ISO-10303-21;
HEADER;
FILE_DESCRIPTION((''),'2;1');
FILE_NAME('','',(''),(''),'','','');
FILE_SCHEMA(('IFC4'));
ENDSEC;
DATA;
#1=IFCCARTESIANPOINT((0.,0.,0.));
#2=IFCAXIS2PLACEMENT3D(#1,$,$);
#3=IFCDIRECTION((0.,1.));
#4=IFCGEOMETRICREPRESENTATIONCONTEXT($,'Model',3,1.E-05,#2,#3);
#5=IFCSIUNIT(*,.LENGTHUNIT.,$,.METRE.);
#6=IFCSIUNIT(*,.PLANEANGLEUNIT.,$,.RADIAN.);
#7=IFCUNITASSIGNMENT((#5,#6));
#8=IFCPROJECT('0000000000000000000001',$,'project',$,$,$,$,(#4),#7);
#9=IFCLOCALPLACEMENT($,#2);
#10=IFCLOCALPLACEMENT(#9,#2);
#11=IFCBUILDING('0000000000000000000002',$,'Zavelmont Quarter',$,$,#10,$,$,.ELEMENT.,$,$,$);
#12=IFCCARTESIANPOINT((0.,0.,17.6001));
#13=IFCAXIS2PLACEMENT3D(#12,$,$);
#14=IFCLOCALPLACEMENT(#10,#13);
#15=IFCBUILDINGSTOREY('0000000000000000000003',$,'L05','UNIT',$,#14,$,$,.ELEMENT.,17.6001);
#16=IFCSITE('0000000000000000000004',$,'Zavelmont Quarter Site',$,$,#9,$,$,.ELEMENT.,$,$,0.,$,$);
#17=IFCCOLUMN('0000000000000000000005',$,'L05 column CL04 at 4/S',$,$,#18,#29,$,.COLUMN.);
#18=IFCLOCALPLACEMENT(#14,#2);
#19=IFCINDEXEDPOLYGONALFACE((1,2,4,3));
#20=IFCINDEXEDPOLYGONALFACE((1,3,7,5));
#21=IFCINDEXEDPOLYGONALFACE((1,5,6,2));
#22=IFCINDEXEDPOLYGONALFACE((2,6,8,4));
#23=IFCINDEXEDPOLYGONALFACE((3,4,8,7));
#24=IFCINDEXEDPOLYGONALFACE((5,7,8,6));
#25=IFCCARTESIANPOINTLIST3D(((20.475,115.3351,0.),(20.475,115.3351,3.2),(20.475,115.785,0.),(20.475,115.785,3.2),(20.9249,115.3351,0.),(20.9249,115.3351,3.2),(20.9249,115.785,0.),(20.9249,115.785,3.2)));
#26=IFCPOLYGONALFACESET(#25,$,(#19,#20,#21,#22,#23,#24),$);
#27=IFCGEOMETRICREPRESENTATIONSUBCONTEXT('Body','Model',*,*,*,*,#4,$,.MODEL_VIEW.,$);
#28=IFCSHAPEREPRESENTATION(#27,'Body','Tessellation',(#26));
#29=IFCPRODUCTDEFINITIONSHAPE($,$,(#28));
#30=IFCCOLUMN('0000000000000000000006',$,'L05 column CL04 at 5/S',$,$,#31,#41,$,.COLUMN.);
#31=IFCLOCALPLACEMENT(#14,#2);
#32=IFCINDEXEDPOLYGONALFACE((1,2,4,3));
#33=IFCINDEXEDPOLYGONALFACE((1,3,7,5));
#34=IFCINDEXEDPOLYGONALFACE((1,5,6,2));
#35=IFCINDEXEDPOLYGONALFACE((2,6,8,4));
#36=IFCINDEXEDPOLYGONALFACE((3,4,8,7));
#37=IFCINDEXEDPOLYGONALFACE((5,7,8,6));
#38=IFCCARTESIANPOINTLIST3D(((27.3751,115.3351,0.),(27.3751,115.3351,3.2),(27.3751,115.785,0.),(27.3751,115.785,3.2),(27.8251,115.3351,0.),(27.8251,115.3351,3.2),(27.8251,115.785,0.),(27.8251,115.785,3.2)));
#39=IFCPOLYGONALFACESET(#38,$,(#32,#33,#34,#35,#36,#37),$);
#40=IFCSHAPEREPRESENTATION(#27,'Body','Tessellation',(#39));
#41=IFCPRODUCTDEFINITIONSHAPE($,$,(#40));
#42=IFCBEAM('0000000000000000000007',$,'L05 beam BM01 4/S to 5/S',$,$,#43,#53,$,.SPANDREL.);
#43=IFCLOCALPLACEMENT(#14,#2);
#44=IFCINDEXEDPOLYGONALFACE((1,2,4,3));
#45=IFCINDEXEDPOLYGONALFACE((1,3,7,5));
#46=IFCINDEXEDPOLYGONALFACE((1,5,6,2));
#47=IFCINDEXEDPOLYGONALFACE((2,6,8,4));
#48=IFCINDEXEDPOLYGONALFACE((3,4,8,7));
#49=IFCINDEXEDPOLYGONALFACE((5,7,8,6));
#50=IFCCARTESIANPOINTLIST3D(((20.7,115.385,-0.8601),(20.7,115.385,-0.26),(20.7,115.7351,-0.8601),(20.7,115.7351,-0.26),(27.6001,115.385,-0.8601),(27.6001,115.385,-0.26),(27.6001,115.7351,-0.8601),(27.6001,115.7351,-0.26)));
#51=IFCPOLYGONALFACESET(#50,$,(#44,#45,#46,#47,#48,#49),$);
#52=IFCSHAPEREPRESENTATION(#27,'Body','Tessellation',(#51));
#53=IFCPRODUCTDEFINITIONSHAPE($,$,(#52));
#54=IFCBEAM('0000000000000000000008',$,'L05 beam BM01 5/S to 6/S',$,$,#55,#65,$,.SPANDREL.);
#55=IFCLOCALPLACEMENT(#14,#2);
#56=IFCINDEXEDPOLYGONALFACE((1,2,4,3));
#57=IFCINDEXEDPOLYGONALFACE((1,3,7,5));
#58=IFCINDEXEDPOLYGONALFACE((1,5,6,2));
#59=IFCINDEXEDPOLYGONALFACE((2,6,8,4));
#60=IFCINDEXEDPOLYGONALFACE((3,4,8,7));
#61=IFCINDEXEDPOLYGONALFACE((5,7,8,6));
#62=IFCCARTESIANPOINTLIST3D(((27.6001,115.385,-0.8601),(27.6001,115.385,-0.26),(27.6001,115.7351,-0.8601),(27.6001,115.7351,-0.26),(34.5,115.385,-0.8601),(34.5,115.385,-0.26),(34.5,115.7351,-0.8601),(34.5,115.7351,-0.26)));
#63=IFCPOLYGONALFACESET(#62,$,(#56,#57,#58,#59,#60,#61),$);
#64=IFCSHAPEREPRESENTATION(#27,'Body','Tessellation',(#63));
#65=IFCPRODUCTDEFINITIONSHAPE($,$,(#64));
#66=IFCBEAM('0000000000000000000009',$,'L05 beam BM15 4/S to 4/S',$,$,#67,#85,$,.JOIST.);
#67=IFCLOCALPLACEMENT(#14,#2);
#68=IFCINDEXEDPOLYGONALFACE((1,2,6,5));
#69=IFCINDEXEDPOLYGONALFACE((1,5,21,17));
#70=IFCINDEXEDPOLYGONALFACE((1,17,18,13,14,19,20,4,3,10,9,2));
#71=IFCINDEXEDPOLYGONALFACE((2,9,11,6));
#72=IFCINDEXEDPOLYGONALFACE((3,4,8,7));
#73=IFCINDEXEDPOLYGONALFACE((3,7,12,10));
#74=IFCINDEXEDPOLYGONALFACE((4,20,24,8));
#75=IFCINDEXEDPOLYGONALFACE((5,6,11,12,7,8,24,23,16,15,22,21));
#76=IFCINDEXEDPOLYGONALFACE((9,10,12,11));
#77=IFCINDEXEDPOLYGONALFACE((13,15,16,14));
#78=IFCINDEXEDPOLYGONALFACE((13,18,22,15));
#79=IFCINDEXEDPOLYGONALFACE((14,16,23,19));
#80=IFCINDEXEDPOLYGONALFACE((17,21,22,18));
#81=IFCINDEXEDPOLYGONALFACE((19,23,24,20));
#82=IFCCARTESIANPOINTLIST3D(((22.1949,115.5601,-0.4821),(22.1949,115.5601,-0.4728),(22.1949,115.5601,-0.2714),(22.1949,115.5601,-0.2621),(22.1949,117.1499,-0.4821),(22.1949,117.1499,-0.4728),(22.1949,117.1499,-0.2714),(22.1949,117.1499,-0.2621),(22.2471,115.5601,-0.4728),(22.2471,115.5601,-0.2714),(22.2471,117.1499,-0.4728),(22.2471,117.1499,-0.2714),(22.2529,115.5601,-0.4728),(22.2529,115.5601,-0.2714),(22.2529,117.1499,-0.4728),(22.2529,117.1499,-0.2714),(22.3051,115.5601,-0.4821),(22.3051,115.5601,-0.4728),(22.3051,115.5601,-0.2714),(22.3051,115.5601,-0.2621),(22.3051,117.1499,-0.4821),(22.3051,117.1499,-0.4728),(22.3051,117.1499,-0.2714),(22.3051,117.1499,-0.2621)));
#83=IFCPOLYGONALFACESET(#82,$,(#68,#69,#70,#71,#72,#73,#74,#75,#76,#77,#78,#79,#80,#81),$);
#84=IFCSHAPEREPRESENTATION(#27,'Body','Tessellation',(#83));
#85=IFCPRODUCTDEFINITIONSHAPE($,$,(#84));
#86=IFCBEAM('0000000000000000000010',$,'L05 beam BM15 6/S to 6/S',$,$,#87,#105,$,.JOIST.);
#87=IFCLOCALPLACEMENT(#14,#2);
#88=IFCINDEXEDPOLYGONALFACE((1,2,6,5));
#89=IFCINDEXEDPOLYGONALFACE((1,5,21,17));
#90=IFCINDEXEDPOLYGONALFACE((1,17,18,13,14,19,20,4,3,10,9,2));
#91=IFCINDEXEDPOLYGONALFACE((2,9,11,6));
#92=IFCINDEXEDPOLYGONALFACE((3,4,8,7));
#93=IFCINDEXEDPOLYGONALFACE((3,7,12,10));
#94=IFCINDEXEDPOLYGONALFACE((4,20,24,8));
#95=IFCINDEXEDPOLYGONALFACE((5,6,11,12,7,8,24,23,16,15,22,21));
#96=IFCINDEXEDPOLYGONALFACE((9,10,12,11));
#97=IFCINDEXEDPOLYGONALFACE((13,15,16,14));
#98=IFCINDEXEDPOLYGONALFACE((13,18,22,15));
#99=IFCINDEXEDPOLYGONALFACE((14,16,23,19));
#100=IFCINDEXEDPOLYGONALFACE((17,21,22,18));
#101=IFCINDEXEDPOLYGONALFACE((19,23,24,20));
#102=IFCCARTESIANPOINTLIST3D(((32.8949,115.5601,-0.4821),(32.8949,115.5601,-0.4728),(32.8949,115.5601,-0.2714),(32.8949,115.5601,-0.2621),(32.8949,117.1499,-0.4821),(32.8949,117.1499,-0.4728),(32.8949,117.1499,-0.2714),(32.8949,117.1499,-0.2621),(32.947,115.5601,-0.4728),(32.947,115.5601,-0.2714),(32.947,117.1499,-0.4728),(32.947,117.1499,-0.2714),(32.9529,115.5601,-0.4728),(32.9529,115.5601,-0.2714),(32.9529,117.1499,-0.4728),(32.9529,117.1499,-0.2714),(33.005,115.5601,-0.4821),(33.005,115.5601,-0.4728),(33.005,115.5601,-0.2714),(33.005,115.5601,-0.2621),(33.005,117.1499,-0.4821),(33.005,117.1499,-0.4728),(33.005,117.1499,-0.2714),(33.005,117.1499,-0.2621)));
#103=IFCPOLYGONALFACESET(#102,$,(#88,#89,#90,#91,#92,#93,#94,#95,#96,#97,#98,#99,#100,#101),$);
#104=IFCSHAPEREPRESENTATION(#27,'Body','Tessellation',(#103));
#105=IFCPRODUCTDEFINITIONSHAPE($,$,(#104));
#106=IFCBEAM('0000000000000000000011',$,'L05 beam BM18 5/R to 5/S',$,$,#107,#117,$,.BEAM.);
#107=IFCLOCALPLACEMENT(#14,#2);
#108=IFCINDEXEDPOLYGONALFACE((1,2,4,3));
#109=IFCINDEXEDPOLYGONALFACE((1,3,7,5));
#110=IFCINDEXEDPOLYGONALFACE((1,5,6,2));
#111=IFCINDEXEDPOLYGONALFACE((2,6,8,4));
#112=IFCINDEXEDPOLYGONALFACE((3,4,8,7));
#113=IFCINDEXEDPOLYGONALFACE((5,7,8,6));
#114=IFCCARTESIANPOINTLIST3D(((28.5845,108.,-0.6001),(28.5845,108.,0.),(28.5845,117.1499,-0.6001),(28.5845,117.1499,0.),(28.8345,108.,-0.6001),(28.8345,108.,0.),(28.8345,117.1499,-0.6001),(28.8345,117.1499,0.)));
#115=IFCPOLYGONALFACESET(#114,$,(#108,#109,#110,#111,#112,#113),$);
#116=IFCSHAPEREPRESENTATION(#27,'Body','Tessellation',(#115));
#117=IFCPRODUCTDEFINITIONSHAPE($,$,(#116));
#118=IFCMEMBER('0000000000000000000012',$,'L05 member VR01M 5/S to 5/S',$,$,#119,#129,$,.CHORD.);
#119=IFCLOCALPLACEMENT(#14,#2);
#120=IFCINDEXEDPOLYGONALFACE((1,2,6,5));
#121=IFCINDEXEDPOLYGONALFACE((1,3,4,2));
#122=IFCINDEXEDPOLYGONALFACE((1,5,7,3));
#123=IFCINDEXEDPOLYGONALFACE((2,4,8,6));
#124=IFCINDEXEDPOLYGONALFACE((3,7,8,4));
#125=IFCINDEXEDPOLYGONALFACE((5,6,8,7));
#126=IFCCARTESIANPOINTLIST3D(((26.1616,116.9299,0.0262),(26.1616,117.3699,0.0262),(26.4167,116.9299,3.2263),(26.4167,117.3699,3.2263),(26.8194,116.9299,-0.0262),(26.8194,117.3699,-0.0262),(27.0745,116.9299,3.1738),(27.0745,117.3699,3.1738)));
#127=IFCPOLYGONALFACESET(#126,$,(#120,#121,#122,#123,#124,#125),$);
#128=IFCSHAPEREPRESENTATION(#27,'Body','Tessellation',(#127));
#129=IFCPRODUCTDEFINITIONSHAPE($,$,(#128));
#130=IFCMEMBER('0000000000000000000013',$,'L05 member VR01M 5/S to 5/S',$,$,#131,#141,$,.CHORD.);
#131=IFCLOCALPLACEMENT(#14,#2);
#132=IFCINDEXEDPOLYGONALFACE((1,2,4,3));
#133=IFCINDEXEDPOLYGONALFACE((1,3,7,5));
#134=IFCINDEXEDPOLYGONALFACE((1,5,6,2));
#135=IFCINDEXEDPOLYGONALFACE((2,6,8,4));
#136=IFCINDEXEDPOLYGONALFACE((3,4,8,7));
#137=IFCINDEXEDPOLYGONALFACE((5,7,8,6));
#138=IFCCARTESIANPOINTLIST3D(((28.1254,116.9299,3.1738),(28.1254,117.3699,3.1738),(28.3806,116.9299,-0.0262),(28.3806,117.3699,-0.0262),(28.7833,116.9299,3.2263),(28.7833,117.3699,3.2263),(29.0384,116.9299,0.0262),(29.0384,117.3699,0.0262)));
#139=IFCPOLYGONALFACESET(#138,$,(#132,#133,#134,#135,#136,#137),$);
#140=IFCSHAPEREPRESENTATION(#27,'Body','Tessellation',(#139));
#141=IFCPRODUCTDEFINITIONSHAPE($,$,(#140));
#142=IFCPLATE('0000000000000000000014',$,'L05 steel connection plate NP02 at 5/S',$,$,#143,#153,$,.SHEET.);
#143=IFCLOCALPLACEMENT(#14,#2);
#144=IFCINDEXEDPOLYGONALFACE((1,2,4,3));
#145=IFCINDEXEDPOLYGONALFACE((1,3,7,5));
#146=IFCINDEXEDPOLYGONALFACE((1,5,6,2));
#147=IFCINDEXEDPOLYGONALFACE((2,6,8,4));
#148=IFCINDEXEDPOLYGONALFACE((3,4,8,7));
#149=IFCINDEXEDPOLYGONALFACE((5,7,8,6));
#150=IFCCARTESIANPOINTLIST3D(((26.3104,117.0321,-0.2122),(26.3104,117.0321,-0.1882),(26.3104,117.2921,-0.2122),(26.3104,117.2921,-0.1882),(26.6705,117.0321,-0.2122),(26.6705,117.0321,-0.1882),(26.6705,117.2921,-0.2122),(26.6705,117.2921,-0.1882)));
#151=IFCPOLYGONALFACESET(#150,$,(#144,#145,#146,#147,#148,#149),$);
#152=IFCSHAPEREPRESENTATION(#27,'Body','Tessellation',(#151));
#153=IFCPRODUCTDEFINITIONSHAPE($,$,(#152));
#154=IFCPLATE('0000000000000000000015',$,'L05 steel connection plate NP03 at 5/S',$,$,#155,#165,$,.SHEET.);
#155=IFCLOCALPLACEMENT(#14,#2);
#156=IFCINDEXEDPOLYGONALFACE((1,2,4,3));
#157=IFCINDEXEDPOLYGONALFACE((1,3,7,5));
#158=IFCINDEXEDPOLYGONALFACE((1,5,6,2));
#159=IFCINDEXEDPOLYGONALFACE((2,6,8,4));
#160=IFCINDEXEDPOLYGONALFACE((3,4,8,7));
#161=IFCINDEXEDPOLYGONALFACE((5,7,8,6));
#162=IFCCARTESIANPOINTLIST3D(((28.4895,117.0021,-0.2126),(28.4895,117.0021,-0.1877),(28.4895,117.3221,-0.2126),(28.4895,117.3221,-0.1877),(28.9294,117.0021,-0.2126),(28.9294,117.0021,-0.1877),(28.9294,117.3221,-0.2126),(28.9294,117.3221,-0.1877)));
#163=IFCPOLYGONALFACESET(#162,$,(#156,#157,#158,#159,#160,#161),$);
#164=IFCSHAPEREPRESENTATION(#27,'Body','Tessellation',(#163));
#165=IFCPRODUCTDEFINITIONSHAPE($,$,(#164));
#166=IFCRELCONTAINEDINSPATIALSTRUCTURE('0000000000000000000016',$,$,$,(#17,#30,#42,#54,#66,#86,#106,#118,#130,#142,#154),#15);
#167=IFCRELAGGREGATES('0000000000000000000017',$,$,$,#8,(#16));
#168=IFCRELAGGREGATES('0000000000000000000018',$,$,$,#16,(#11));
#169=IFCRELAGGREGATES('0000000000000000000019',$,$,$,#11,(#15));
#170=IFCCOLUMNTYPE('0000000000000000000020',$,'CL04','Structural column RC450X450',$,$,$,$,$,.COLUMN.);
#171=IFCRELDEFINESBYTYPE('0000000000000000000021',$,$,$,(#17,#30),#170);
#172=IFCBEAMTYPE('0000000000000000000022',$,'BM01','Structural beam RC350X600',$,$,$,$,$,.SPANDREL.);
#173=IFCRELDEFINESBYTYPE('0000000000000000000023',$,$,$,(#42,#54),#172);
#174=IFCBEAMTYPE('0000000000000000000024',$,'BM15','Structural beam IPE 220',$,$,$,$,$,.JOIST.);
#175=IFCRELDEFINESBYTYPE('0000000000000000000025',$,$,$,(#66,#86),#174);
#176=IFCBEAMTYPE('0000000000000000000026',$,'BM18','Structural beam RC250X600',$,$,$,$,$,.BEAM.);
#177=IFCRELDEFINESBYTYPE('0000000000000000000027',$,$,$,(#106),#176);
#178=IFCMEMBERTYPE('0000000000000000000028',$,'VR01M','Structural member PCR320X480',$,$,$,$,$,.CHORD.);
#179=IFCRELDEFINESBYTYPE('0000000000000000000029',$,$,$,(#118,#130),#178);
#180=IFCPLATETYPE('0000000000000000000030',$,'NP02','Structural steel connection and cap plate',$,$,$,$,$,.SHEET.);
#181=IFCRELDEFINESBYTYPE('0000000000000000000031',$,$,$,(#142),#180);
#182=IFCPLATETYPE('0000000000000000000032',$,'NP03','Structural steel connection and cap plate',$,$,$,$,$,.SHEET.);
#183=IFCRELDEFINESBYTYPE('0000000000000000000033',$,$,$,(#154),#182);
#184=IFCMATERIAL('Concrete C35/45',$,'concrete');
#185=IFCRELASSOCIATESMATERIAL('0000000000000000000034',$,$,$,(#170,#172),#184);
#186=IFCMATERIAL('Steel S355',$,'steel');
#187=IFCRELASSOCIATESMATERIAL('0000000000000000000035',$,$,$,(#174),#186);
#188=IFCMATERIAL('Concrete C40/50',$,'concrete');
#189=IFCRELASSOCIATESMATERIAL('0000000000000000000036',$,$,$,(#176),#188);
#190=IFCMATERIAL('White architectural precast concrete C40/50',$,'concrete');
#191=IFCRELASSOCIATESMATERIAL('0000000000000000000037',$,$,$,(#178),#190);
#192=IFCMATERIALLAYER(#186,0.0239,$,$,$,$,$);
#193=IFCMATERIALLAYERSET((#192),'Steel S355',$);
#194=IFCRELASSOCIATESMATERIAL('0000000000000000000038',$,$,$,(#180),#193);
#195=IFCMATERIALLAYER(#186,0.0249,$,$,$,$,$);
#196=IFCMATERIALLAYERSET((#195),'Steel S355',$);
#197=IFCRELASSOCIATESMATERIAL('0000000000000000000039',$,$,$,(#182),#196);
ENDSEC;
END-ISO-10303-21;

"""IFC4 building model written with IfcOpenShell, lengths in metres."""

from ifc_helpers import new_model, si_unit, direction, frame, origin, origin_2d, place, context, subcontext, project, spatial, rectangle, i_section, extrude, material, layer, layer_set, material_profile, profile_set, type_object, element, save


model = new_model("IFC4")

# Units and contexts
model_context = context("Model", 3, precision=1e-05, world=origin(), true_north=direction((0.0, 1.0)))
body_context = subcontext(model_context, "Body", "Model", "MODEL_VIEW")
ifc_project = project(units=[si_unit("LENGTHUNIT", "METRE"), si_unit("PLANEANGLEUNIT", "RADIAN")], contexts=[model_context])

# Site, building, storey
site_placement = place(None, origin())
site = spatial("IfcSite", under=ifc_project, at=site_placement, Name="Zavelmont Quarter Site", CompositionType="ELEMENT", RefElevation=0.0)
building_placement = place(site_placement, origin())
building = spatial("IfcBuilding", under=site, at=building_placement, Name="Zavelmont Quarter", CompositionType="ELEMENT")
storey_placement = place(building_placement, frame((0.0, 0.0, 17.6001)))
storey = spatial("IfcBuildingStorey", under=building, at=storey_placement, Name="L05", Description="UNIT", CompositionType="ELEMENT", Elevation=17.6001)

# Columns
ifc_material_1 = material(Name="Concrete C35/45", Category="concrete")
ifc_material_profile_1 = material_profile(ifc_material_1, rectangle(XDim=0.45, YDim=0.45, at=origin_2d()), Name="RC450X450")
ifc_profile_set_1 = profile_set([ifc_material_profile_1], Name="Concrete C35/45")
column_type = type_object("IfcColumnType", Name="CL04", Description="Structural column RC450X450", PredefinedType="COLUMN", material=ifc_profile_set_1)
for number, where, z_axis, x_axis, name in (
    (1, (20.7, 115.5601, 0.0), (0.0, 0.0, 1.0), (1.0, 0.0, 0.0), "L05 column CL04 at 4/S"),
    (2, (27.6001, 115.5601, 0.0), (0.0, 0.0, 1.0), (1.0, 0.0, 0.0), "L05 column CL04 at 5/S"),
):
    element("IfcColumn", number, at=place(storey_placement, frame(where, z_axis=z_axis, x_axis=x_axis)), inside=storey, type_object=column_type, Name=name, PredefinedType="COLUMN", context=body_context, shape_type="SweptSolid", body=[
        extrude(rectangle(XDim=0.45, YDim=0.45, at=origin_2d()), origin(), (0.0, 0.0, 1.0), 3.2),
    ])

# Beams
ifc_material_profile_2 = material_profile(ifc_material_1, rectangle(XDim=0.3501, YDim=0.6001, at=origin_2d()), Name="RC350X600")
ifc_profile_set_2 = profile_set([ifc_material_profile_2], Name="Concrete C35/45")
beam_type_1 = type_object("IfcBeamType", Name="BM01", Description="Structural beam RC350X600", PredefinedType="SPANDREL", material=ifc_profile_set_2)
beam_1_placement = place(storey_placement, frame((20.7, 115.5601, -0.5601), z_axis=(1.0, 0.0, 0.0), x_axis=(0.0, 1.0, 0.0)))
element("IfcBeam", 3, at=beam_1_placement, inside=storey, type_object=beam_type_1, Name="L05 beam BM01 4/S to 5/S", PredefinedType="SPANDREL", context=body_context, shape_type="SweptSolid", body=[
    extrude(rectangle(XDim=0.3501, YDim=0.6001, at=origin_2d()), origin(), (0.0, 0.0, 1.0), 6.9001),
])
beam_2_placement = place(storey_placement, frame((27.6001, 115.5601, -0.5601), z_axis=(1.0, 0.0, 0.0), x_axis=(0.0, 1.0, 0.0)))
element("IfcBeam", 4, at=beam_2_placement, inside=storey, type_object=beam_type_1, Name="L05 beam BM01 5/S to 6/S", PredefinedType="SPANDREL", context=body_context, shape_type="SweptSolid", body=[
    extrude(rectangle(XDim=0.3501, YDim=0.6001, at=origin_2d()), origin(), (0.0, 0.0, 1.0), 6.8999),
])
ifc_material_2 = material(Name="Steel S355", Category="steel")
ifc_material_profile_3 = material_profile(ifc_material_2, i_section(OverallWidth=0.1101, OverallDepth=0.22, WebThickness=0.0059, FlangeThickness=0.0093, at=origin_2d()), Name="IPE 220")
ifc_profile_set_3 = profile_set([ifc_material_profile_3], Name="Steel S355")
beam_type_2 = type_object("IfcBeamType", Name="BM15", Description="Structural beam IPE 220", PredefinedType="JOIST", material=ifc_profile_set_3)
for number, where, z_axis, x_axis, name in (
    (5, (22.25, 115.5601, -0.3721), (0.0, 1.0, 0.0), (-1.0, 0.0, 0.0), "L05 beam BM15 4/S to 4/S"),
    (6, (32.95, 115.5601, -0.3721), (0.0, 1.0, 0.0), (-1.0, 0.0, 0.0), "L05 beam BM15 6/S to 6/S"),
):
    element("IfcBeam", number, at=place(storey_placement, frame(where, z_axis=z_axis, x_axis=x_axis)), inside=storey, type_object=beam_type_2, Name=name, PredefinedType="JOIST", context=body_context, shape_type="SweptSolid", body=[
        extrude(i_section(OverallWidth=0.1101, OverallDepth=0.22, WebThickness=0.0059, FlangeThickness=0.0093, at=origin_2d()), origin(), (0.0, 0.0, 1.0), 1.5898),
    ])
ifc_material_3 = material(Name="Concrete C40/50", Category="concrete")
ifc_material_profile_4 = material_profile(ifc_material_3, rectangle(XDim=0.25, YDim=0.6001, at=origin_2d()), Name="RC250X600")
ifc_profile_set_4 = profile_set([ifc_material_profile_4], Name="Concrete C40/50")
beam_type_3 = type_object("IfcBeamType", Name="BM18", Description="Structural beam RC250X600", PredefinedType="BEAM", material=ifc_profile_set_4)
beam_3_placement = place(storey_placement, frame((28.7095, 108.0, -0.3), z_axis=(0.0, 1.0, 0.0), x_axis=(-1.0, 0.0, 0.0)))
element("IfcBeam", 7, at=beam_3_placement, inside=storey, type_object=beam_type_3, Name="L05 beam BM18 5/R to 5/S", PredefinedType="BEAM", context=body_context, shape_type="SweptSolid", body=[
    extrude(rectangle(XDim=0.25, YDim=0.6001, at=origin_2d()), origin(), (0.0, 0.0, 1.0), 9.1499),
])

# Members
ifc_material_4 = material(Name="White architectural precast concrete C40/50", Category="concrete")
ifc_material_profile_5 = material_profile(ifc_material_4, rectangle(XDim=0.4399, YDim=0.6599, at=origin_2d()), Name="PCR320X480")
ifc_profile_set_5 = profile_set([ifc_material_profile_5], Name="White architectural precast concrete C40/50")
member_type = type_object("IfcMemberType", Name="VR01M", Description="Structural member PCR320X480", PredefinedType="CHORD", material=ifc_profile_set_5)
for number, where, z_axis, x_axis, name in (
    (8, (26.4905, 117.1499, 0.0), (0.079476, 0.0, 0.996837), (0.0, 1.0, 0.0), "L05 member VR01M 5/S to 5/S"),
    (9, (28.7095, 117.1499, 0.0), (-0.079476, 0.0, 0.996837), (0.0, -1.0, 0.0), "L05 member VR01M 5/S to 5/S"),
):
    element("IfcMember", number, at=place(storey_placement, frame(where, z_axis=z_axis, x_axis=x_axis)), inside=storey, type_object=member_type, Name=name, PredefinedType="CHORD", context=body_context, shape_type="SweptSolid", body=[
        extrude(rectangle(XDim=0.4399, YDim=0.6599, at=origin_2d()), origin(), (0.0, 0.0, 1.0), 3.2102),
    ])

# Plates
ifc_layer_1 = layer(ifc_material_2, 0.0239)
ifc_layer_set_1 = layer_set([ifc_layer_1], Name="Steel S355")
plate_type_1 = type_object("IfcPlateType", Name="NP02", Description="Structural steel connection and cap plate", PredefinedType="SHEET", material=ifc_layer_set_1)
plate_1_placement = place(storey_placement, frame((26.4905, 117.1621, -0.2122), z_axis=(0.0, 0.0, 1.0), x_axis=(1.0, 0.0, 0.0)))
element("IfcPlate", 10, at=plate_1_placement, inside=storey, type_object=plate_type_1, Name="L05 steel connection plate NP02 at 5/S", PredefinedType="SHEET", context=body_context, shape_type="SweptSolid", body=[
    extrude(rectangle(XDim=0.3601, YDim=0.26, at=origin_2d()), origin(), (0.0, 0.0, 1.0), 0.0239),
])
ifc_layer_2 = layer(ifc_material_2, 0.0249)
ifc_layer_set_2 = layer_set([ifc_layer_2], Name="Steel S355")
plate_type_2 = type_object("IfcPlateType", Name="NP03", Description="Structural steel connection and cap plate", PredefinedType="SHEET", material=ifc_layer_set_2)
plate_2_placement = place(storey_placement, frame((28.7095, 117.1621, -0.2126), z_axis=(0.0, 0.0, 1.0), x_axis=(1.0, 0.0, 0.0)))
element("IfcPlate", 11, at=plate_2_placement, inside=storey, type_object=plate_type_2, Name="L05 steel connection plate NP03 at 5/S", PredefinedType="SHEET", context=body_context, shape_type="SweptSolid", body=[
    extrude(rectangle(XDim=0.4399, YDim=0.3201, at=origin_2d()), origin(), (0.0, 0.0, 1.0), 0.0249),
])

save(model, "model.ifc")
